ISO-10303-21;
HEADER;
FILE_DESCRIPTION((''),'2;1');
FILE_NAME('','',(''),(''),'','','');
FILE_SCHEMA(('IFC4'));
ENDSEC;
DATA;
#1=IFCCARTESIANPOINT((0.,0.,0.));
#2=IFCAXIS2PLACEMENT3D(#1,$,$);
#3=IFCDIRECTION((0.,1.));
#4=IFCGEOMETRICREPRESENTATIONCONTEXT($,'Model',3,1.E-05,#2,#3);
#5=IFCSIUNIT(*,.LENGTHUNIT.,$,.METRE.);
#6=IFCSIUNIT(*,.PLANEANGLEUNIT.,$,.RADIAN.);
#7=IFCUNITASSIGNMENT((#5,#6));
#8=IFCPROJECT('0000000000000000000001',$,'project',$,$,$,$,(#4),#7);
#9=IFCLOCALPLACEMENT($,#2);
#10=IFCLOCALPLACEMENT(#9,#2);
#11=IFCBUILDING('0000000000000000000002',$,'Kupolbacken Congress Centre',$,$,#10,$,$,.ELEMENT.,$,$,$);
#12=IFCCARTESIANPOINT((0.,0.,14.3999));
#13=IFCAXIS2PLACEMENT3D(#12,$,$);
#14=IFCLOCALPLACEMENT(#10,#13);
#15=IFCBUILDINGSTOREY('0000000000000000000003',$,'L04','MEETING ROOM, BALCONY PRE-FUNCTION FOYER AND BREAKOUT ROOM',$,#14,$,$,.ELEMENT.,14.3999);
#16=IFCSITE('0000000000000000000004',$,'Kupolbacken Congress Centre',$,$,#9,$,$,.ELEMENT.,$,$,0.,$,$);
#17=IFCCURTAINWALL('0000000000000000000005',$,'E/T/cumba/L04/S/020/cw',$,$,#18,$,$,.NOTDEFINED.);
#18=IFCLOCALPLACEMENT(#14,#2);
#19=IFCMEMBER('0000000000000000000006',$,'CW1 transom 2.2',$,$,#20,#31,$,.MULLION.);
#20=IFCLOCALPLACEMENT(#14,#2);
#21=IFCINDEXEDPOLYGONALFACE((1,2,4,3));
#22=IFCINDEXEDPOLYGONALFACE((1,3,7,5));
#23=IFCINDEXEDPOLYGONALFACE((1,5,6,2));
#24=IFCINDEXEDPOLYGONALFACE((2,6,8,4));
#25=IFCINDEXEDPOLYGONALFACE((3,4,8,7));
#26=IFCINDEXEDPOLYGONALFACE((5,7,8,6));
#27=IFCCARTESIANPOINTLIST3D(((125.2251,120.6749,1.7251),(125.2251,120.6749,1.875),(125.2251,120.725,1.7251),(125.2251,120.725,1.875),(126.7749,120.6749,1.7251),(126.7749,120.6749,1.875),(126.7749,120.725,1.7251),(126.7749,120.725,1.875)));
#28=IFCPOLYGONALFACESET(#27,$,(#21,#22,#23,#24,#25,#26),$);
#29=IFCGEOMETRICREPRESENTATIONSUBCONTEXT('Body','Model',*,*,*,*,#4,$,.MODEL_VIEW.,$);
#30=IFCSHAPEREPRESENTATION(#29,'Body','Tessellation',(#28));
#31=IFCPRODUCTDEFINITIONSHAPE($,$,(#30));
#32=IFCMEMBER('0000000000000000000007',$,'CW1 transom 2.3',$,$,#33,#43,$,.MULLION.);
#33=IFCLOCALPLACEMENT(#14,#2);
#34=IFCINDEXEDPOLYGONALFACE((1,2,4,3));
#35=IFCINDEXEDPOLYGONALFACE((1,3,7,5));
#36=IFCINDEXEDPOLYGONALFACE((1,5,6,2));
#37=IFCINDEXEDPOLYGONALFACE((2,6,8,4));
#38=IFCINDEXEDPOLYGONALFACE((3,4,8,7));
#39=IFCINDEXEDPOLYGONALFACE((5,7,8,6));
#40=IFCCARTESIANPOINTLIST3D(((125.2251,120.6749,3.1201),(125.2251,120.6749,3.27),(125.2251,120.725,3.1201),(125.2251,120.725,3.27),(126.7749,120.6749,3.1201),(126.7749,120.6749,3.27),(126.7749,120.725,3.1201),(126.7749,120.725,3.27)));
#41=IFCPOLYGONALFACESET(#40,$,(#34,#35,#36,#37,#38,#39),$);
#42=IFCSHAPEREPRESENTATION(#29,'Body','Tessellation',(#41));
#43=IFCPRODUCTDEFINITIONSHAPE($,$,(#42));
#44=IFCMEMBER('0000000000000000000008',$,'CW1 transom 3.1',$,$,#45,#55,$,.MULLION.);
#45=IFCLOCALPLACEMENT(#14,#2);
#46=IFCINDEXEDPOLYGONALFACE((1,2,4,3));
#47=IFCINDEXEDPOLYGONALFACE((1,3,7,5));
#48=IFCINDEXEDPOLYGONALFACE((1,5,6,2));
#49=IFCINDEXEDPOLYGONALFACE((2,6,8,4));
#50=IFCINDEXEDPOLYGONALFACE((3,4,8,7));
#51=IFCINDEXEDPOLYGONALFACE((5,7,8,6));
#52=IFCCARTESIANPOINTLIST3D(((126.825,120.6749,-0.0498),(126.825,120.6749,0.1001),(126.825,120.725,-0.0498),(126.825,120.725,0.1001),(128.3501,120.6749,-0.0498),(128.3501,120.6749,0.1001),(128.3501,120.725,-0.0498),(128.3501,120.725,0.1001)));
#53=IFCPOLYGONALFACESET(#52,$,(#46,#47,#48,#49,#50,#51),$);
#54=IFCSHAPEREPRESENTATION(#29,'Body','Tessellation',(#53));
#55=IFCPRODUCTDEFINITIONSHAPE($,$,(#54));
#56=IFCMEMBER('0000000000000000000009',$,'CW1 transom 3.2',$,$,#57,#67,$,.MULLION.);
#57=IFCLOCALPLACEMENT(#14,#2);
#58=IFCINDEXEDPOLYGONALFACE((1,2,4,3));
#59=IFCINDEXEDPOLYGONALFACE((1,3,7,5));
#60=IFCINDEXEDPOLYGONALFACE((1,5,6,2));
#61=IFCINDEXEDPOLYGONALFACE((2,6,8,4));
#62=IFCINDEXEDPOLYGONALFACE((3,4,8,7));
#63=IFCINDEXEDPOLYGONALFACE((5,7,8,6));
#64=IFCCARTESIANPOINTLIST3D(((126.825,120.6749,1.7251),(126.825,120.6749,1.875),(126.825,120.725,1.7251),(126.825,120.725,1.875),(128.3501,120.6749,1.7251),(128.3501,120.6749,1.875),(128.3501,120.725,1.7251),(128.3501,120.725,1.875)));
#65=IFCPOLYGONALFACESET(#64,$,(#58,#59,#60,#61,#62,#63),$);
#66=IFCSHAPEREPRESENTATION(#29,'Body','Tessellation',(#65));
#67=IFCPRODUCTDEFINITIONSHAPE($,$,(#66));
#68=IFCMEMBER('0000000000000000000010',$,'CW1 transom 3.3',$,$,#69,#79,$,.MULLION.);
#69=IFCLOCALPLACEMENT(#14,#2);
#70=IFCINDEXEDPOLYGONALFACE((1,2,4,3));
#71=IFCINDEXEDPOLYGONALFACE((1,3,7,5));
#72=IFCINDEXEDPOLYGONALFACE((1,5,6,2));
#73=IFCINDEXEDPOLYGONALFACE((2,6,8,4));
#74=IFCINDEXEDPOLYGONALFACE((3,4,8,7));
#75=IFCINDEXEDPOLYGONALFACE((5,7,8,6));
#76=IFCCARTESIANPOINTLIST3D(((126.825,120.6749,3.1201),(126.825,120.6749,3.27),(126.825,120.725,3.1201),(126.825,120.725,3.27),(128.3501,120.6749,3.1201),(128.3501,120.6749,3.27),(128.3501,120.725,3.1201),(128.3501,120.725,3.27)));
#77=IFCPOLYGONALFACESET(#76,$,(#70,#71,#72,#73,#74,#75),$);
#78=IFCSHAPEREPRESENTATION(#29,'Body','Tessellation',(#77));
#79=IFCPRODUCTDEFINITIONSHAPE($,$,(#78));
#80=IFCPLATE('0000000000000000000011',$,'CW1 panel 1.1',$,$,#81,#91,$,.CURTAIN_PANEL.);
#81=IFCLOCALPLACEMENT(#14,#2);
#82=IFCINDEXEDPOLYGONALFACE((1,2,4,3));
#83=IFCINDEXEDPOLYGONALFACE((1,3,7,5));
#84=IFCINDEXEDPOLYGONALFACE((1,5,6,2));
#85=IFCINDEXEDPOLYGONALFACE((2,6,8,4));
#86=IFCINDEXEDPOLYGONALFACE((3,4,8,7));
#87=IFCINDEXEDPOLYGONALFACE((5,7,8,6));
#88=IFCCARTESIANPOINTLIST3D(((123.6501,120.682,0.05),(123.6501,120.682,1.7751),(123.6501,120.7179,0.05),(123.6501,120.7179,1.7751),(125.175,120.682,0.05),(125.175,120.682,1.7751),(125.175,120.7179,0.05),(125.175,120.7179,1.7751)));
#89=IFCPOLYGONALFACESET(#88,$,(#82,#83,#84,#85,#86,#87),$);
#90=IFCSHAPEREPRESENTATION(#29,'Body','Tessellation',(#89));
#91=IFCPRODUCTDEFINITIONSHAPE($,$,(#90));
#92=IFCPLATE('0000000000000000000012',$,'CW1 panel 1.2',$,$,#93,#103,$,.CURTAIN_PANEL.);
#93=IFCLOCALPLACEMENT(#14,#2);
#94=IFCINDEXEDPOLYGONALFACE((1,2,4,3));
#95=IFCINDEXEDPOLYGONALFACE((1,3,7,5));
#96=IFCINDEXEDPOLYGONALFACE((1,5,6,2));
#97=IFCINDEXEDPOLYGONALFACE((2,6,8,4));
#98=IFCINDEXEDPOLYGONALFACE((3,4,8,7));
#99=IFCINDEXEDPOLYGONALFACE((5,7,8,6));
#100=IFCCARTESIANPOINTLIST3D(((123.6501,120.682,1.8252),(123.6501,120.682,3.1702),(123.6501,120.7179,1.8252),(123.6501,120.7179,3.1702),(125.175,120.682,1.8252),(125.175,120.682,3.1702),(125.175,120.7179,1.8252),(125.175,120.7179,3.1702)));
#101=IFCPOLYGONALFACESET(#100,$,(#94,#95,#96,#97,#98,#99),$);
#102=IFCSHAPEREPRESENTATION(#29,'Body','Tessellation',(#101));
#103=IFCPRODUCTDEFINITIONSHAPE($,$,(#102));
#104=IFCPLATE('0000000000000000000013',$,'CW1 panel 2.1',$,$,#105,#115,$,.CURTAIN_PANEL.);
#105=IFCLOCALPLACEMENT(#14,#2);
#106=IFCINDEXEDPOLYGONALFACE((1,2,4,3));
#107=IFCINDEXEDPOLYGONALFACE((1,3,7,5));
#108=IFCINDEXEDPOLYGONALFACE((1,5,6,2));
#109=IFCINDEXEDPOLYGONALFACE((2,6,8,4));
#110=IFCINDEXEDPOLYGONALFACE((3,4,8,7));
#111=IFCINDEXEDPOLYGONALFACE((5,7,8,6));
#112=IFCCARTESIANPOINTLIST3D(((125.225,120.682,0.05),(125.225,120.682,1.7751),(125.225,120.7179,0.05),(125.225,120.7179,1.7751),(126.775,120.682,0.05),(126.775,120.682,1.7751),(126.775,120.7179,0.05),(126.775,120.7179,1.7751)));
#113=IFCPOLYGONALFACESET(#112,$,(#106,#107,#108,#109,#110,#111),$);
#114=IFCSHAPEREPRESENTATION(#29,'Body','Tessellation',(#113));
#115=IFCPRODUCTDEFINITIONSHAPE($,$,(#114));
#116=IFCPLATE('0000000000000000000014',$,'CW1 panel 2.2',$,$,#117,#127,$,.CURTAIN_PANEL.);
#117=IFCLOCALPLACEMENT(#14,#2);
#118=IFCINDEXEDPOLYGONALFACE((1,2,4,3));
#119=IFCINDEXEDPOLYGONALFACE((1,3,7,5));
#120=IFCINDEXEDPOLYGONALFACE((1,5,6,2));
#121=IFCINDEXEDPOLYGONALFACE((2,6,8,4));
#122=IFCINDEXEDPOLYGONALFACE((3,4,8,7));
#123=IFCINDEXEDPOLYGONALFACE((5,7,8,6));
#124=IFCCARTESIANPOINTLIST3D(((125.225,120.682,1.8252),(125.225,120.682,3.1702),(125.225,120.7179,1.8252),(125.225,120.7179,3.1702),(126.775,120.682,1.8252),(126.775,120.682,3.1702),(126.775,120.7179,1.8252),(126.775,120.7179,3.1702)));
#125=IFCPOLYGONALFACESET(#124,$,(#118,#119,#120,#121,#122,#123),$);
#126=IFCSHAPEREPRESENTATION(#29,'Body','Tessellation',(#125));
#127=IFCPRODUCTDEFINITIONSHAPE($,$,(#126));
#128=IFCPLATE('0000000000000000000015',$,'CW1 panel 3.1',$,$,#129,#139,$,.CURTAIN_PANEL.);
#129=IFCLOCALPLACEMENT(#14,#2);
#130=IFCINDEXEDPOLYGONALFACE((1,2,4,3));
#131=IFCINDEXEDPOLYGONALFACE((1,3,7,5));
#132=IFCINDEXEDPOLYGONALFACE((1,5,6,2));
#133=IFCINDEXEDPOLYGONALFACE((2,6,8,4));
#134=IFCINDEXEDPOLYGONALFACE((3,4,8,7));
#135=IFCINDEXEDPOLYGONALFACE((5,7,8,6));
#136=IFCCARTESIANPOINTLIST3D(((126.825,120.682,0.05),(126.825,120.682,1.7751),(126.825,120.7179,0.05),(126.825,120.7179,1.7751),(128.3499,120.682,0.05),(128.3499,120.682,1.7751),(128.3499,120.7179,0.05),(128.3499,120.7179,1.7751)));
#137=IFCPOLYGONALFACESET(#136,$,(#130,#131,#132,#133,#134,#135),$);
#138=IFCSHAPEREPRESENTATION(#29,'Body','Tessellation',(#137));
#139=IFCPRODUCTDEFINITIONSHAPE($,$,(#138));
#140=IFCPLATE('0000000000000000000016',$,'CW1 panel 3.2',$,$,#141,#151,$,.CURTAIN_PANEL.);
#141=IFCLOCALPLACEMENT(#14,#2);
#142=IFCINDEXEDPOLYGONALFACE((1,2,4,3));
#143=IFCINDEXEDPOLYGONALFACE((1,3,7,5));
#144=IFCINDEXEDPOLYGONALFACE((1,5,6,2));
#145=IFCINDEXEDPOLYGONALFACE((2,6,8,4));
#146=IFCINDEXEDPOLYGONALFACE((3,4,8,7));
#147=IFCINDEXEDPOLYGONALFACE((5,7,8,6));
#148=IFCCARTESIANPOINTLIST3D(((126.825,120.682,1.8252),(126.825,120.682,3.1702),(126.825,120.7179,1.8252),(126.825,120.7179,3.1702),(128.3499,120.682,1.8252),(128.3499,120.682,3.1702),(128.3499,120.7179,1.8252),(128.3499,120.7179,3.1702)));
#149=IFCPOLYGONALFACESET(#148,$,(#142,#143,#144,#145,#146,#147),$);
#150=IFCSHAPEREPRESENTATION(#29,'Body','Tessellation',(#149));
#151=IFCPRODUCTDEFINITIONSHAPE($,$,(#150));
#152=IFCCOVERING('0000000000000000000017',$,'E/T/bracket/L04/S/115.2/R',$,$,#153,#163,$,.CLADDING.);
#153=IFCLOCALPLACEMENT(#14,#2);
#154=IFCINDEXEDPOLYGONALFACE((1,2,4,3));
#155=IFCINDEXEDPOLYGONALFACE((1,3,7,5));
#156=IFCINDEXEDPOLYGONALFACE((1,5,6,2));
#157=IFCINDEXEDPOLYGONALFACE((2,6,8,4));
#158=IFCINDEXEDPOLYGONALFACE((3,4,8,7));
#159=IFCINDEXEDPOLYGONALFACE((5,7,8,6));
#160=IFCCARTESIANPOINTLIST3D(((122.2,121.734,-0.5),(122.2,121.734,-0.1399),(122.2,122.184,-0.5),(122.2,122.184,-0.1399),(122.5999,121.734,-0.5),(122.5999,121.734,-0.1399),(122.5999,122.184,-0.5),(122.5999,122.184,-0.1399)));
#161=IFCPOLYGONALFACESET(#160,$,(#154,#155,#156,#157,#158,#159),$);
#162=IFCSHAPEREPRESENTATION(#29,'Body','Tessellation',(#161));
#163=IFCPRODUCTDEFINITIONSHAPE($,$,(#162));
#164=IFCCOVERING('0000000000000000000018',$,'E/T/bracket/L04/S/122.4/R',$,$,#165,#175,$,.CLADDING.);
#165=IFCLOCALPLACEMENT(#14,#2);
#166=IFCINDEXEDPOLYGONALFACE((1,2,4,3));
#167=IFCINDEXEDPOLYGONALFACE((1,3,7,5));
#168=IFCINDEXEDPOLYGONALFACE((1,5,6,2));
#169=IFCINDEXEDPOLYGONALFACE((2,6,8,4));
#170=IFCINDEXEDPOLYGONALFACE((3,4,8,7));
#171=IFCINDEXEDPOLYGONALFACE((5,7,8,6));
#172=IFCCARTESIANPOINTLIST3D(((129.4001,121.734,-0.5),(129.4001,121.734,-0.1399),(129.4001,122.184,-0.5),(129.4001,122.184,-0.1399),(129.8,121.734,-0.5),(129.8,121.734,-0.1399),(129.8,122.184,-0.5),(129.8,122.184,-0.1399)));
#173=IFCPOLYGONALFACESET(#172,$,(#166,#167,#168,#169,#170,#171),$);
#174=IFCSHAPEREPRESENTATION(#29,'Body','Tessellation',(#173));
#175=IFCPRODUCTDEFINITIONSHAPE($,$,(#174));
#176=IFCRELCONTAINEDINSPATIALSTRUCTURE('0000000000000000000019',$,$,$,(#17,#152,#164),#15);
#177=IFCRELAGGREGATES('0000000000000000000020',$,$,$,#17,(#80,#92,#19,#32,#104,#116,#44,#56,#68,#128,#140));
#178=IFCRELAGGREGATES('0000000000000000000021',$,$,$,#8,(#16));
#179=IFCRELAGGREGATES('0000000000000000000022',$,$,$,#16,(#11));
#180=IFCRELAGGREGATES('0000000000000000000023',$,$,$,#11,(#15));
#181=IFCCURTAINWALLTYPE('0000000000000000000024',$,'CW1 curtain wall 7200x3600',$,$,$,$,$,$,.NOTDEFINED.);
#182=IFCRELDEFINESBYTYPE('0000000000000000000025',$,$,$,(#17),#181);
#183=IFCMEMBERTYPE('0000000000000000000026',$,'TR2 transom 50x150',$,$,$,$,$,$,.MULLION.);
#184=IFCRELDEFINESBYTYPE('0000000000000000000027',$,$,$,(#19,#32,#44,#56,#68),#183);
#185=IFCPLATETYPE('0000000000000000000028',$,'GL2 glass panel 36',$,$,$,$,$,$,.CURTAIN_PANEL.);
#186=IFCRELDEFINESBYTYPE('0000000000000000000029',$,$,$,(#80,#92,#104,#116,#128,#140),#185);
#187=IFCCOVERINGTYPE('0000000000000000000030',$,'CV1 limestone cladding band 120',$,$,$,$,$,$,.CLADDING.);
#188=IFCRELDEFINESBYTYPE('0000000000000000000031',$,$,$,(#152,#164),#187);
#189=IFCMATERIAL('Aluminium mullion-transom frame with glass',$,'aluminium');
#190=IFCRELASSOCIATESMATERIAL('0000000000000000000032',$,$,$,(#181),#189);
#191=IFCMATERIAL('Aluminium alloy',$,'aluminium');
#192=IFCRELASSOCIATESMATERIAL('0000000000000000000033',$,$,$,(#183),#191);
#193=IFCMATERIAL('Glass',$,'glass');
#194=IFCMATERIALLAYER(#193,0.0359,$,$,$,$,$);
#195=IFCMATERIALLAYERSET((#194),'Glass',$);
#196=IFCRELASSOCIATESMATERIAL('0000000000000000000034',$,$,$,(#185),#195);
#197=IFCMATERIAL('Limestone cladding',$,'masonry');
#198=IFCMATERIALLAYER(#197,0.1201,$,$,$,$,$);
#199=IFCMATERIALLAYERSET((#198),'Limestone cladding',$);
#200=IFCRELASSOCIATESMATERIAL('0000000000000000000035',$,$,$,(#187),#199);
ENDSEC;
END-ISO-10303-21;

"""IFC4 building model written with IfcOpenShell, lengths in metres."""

from ifc_helpers import new_model, si_unit, direction, frame, origin, origin_2d, place, context, subcontext, project, spatial, rectangle, extrude, material, layer, layer_set, material_profile, profile_set, type_object, element, aggregate, save


model = new_model("IFC4")

# Units and contexts
model_context = context("Model", 3, precision=1e-05, world=origin(), true_north=direction((0.0, 1.0)))
body_context = subcontext(model_context, "Body", "Model", "MODEL_VIEW")
ifc_project = project(units=[si_unit("LENGTHUNIT", "METRE"), si_unit("PLANEANGLEUNIT", "RADIAN")], contexts=[model_context])

# Site, building, storey
site_placement = place(None, origin())
site = spatial("IfcSite", under=ifc_project, at=site_placement, Name="Kupolbacken Congress Centre", CompositionType="ELEMENT", RefElevation=0.0)
building_placement = place(site_placement, origin())
building = spatial("IfcBuilding", under=site, at=building_placement, Name="Kupolbacken Congress Centre", CompositionType="ELEMENT")
storey_placement = place(building_placement, frame((0.0, 0.0, 14.3999)))
storey = spatial("IfcBuildingStorey", under=building, at=storey_placement, Name="L04", Description="MEETING ROOM, BALCONY PRE-FUNCTION FOYER AND BREAKOUT ROOM", CompositionType="ELEMENT", Elevation=14.3999)

# Curtain wall, members, plates
ifc_material_1 = material(Name="Aluminium mullion-transom frame with glass", Category="aluminium")
curtain_wall_type = type_object("IfcCurtainWallType", Name="CW1 curtain wall 7200x3600", PredefinedType="NOTDEFINED", material=ifc_material_1)
curtain_wall_placement = place(storey_placement, origin())
curtain_wall = element("IfcCurtainWall", 1, at=curtain_wall_placement, inside=storey, type_object=curtain_wall_type, Name="E/T/cumba/L04/S/020/cw", PredefinedType="NOTDEFINED")
ifc_material_2 = material(Name="Aluminium alloy", Category="aluminium")
ifc_material_profile_1 = material_profile(ifc_material_2, rectangle(XDim=0.05, YDim=0.1499, at=origin_2d()), Name="50 x 150")
ifc_profile_set_1 = profile_set([ifc_material_profile_1], Name="Aluminium alloy")
member_type_1 = type_object("IfcMemberType", Name="TR2 transom 50x150", PredefinedType="MULLION", material=ifc_profile_set_1)
member_1_placement = place(storey_placement, frame((125.2251, 120.7, 1.8), z_axis=(1.0, 0.0, 0.0), x_axis=(0.0, 1.0, 0.0)))
member_1 = element("IfcMember", 2, at=member_1_placement, type_object=member_type_1, Name="CW1 transom 2.2", PredefinedType="MULLION", context=body_context, shape_type="SweptSolid", body=[
    extrude(rectangle(XDim=0.05, YDim=0.1499, at=origin_2d()), origin(), (0.0, 0.0, 1.0), 1.5498),
])
member_2_placement = place(storey_placement, frame((125.2251, 120.7, 3.1951), z_axis=(1.0, 0.0, 0.0), x_axis=(0.0, 1.0, 0.0)))
member_2 = element("IfcMember", 3, at=member_2_placement, type_object=member_type_1, Name="CW1 transom 2.3", PredefinedType="MULLION", context=body_context, shape_type="SweptSolid", body=[
    extrude(rectangle(XDim=0.05, YDim=0.1499, at=origin_2d()), origin(), (0.0, 0.0, 1.0), 1.5498),
])
member_3_placement = place(storey_placement, frame((126.825, 120.7, 0.0251), z_axis=(1.0, 0.0, 0.0), x_axis=(0.0, 1.0, 0.0)))
member_3 = element("IfcMember", 4, at=member_3_placement, type_object=member_type_1, Name="CW1 transom 3.1", PredefinedType="MULLION", context=body_context, shape_type="SweptSolid", body=[
    extrude(rectangle(XDim=0.05, YDim=0.1499, at=origin_2d()), origin(), (0.0, 0.0, 1.0), 1.5251),
])
member_4_placement = place(storey_placement, frame((126.825, 120.7, 1.8), z_axis=(1.0, 0.0, 0.0), x_axis=(0.0, 1.0, 0.0)))
member_4 = element("IfcMember", 5, at=member_4_placement, type_object=member_type_1, Name="CW1 transom 3.2", PredefinedType="MULLION", context=body_context, shape_type="SweptSolid", body=[
    extrude(rectangle(XDim=0.05, YDim=0.1499, at=origin_2d()), origin(), (0.0, 0.0, 1.0), 1.5251),
])
member_5_placement = place(storey_placement, frame((126.825, 120.7, 3.1951), z_axis=(1.0, 0.0, 0.0), x_axis=(0.0, 1.0, 0.0)))
member_5 = element("IfcMember", 6, at=member_5_placement, type_object=member_type_1, Name="CW1 transom 3.3", PredefinedType="MULLION", context=body_context, shape_type="SweptSolid", body=[
    extrude(rectangle(XDim=0.05, YDim=0.1499, at=origin_2d()), origin(), (0.0, 0.0, 1.0), 1.5251),
])
ifc_material_3 = material(Name="Glass", Category="glass")
ifc_layer_1 = layer(ifc_material_3, 0.0359)
ifc_layer_set_1 = layer_set([ifc_layer_1], Name="Glass")
plate_type = type_object("IfcPlateType", Name="GL2 glass panel 36", PredefinedType="CURTAIN_PANEL", material=ifc_layer_set_1)
plate_1_placement = place(storey_placement, frame((124.4126, 120.7, 0.05), z_axis=(0.0, 0.0, 1.0), x_axis=(1.0, 0.0, 0.0)))
plate_1 = element("IfcPlate", 7, at=plate_1_placement, type_object=plate_type, Name="CW1 panel 1.1", PredefinedType="CURTAIN_PANEL", context=body_context, shape_type="SweptSolid", body=[
    extrude(rectangle(XDim=1.5249, YDim=0.0359, at=origin_2d()), origin(), (0.0, 0.0, 1.0), 1.7251),
])
plate_2_placement = place(storey_placement, frame((124.4126, 120.7, 1.8252), z_axis=(0.0, 0.0, 1.0), x_axis=(1.0, 0.0, 0.0)))
plate_2 = element("IfcPlate", 8, at=plate_2_placement, type_object=plate_type, Name="CW1 panel 1.2", PredefinedType="CURTAIN_PANEL", context=body_context, shape_type="SweptSolid", body=[
    extrude(rectangle(XDim=1.5249, YDim=0.0359, at=origin_2d()), origin(), (0.0, 0.0, 1.0), 1.345),
])
plate_3_placement = place(storey_placement, frame((126.0, 120.7, 0.05), z_axis=(0.0, 0.0, 1.0), x_axis=(1.0, 0.0, 0.0)))
plate_3 = element("IfcPlate", 9, at=plate_3_placement, type_object=plate_type, Name="CW1 panel 2.1", PredefinedType="CURTAIN_PANEL", context=body_context, shape_type="SweptSolid", body=[
    extrude(rectangle(XDim=1.55, YDim=0.0359, at=origin_2d()), origin(), (0.0, 0.0, 1.0), 1.7251),
])
plate_4_placement = place(storey_placement, frame((126.0, 120.7, 1.8252), z_axis=(0.0, 0.0, 1.0), x_axis=(1.0, 0.0, 0.0)))
plate_4 = element("IfcPlate", 10, at=plate_4_placement, type_object=plate_type, Name="CW1 panel 2.2", PredefinedType="CURTAIN_PANEL", context=body_context, shape_type="SweptSolid", body=[
    extrude(rectangle(XDim=1.55, YDim=0.0359, at=origin_2d()), origin(), (0.0, 0.0, 1.0), 1.345),
])
plate_5_placement = place(storey_placement, frame((127.5874, 120.7, 0.05), z_axis=(0.0, 0.0, 1.0), x_axis=(1.0, 0.0, 0.0)))
plate_5 = element("IfcPlate", 11, at=plate_5_placement, type_object=plate_type, Name="CW1 panel 3.1", PredefinedType="CURTAIN_PANEL", context=body_context, shape_type="SweptSolid", body=[
    extrude(rectangle(XDim=1.5249, YDim=0.0359, at=origin_2d()), origin(), (0.0, 0.0, 1.0), 1.7251),
])
plate_6_placement = place(storey_placement, frame((127.5874, 120.7, 1.8252), z_axis=(0.0, 0.0, 1.0), x_axis=(1.0, 0.0, 0.0)))
plate_6 = element("IfcPlate", 12, at=plate_6_placement, type_object=plate_type, Name="CW1 panel 3.2", PredefinedType="CURTAIN_PANEL", context=body_context, shape_type="SweptSolid", body=[
    extrude(rectangle(XDim=1.5249, YDim=0.0359, at=origin_2d()), origin(), (0.0, 0.0, 1.0), 1.345),
])
aggregate(curtain_wall, [plate_1, plate_2, member_1, member_2, plate_3, plate_4, member_3, member_4, member_5, plate_5, plate_6])

# Coverings
ifc_material_4 = material(Name="Limestone cladding", Category="masonry")
ifc_layer_2 = layer(ifc_material_4, 0.1201)
ifc_layer_set_2 = layer_set([ifc_layer_2], Name="Limestone cladding")
covering_type = type_object("IfcCoveringType", Name="CV1 limestone cladding band 120", PredefinedType="CLADDING", material=ifc_layer_set_2)
for number, where, z_axis, x_axis, name in (
    (13, (122.3999, 121.959, -0.5), (0.0, 0.0, 1.0), (1.0, 0.0, 0.0), "E/T/bracket/L04/S/115.2/R"),
    (14, (129.6001, 121.959, -0.5), (0.0, 0.0, 1.0), (1.0, 0.0, 0.0), "E/T/bracket/L04/S/122.4/R"),
):
    element("IfcCovering", number, at=place(storey_placement, frame(where, z_axis=z_axis, x_axis=x_axis)), inside=storey, type_object=covering_type, Name=name, PredefinedType="CLADDING", context=body_context, shape_type="SweptSolid", body=[
        extrude(rectangle(XDim=0.3999, YDim=0.45, at=origin_2d()), origin(), (0.0, 0.0, 1.0), 0.3601),
    ])

save(model, "model.ifc")
